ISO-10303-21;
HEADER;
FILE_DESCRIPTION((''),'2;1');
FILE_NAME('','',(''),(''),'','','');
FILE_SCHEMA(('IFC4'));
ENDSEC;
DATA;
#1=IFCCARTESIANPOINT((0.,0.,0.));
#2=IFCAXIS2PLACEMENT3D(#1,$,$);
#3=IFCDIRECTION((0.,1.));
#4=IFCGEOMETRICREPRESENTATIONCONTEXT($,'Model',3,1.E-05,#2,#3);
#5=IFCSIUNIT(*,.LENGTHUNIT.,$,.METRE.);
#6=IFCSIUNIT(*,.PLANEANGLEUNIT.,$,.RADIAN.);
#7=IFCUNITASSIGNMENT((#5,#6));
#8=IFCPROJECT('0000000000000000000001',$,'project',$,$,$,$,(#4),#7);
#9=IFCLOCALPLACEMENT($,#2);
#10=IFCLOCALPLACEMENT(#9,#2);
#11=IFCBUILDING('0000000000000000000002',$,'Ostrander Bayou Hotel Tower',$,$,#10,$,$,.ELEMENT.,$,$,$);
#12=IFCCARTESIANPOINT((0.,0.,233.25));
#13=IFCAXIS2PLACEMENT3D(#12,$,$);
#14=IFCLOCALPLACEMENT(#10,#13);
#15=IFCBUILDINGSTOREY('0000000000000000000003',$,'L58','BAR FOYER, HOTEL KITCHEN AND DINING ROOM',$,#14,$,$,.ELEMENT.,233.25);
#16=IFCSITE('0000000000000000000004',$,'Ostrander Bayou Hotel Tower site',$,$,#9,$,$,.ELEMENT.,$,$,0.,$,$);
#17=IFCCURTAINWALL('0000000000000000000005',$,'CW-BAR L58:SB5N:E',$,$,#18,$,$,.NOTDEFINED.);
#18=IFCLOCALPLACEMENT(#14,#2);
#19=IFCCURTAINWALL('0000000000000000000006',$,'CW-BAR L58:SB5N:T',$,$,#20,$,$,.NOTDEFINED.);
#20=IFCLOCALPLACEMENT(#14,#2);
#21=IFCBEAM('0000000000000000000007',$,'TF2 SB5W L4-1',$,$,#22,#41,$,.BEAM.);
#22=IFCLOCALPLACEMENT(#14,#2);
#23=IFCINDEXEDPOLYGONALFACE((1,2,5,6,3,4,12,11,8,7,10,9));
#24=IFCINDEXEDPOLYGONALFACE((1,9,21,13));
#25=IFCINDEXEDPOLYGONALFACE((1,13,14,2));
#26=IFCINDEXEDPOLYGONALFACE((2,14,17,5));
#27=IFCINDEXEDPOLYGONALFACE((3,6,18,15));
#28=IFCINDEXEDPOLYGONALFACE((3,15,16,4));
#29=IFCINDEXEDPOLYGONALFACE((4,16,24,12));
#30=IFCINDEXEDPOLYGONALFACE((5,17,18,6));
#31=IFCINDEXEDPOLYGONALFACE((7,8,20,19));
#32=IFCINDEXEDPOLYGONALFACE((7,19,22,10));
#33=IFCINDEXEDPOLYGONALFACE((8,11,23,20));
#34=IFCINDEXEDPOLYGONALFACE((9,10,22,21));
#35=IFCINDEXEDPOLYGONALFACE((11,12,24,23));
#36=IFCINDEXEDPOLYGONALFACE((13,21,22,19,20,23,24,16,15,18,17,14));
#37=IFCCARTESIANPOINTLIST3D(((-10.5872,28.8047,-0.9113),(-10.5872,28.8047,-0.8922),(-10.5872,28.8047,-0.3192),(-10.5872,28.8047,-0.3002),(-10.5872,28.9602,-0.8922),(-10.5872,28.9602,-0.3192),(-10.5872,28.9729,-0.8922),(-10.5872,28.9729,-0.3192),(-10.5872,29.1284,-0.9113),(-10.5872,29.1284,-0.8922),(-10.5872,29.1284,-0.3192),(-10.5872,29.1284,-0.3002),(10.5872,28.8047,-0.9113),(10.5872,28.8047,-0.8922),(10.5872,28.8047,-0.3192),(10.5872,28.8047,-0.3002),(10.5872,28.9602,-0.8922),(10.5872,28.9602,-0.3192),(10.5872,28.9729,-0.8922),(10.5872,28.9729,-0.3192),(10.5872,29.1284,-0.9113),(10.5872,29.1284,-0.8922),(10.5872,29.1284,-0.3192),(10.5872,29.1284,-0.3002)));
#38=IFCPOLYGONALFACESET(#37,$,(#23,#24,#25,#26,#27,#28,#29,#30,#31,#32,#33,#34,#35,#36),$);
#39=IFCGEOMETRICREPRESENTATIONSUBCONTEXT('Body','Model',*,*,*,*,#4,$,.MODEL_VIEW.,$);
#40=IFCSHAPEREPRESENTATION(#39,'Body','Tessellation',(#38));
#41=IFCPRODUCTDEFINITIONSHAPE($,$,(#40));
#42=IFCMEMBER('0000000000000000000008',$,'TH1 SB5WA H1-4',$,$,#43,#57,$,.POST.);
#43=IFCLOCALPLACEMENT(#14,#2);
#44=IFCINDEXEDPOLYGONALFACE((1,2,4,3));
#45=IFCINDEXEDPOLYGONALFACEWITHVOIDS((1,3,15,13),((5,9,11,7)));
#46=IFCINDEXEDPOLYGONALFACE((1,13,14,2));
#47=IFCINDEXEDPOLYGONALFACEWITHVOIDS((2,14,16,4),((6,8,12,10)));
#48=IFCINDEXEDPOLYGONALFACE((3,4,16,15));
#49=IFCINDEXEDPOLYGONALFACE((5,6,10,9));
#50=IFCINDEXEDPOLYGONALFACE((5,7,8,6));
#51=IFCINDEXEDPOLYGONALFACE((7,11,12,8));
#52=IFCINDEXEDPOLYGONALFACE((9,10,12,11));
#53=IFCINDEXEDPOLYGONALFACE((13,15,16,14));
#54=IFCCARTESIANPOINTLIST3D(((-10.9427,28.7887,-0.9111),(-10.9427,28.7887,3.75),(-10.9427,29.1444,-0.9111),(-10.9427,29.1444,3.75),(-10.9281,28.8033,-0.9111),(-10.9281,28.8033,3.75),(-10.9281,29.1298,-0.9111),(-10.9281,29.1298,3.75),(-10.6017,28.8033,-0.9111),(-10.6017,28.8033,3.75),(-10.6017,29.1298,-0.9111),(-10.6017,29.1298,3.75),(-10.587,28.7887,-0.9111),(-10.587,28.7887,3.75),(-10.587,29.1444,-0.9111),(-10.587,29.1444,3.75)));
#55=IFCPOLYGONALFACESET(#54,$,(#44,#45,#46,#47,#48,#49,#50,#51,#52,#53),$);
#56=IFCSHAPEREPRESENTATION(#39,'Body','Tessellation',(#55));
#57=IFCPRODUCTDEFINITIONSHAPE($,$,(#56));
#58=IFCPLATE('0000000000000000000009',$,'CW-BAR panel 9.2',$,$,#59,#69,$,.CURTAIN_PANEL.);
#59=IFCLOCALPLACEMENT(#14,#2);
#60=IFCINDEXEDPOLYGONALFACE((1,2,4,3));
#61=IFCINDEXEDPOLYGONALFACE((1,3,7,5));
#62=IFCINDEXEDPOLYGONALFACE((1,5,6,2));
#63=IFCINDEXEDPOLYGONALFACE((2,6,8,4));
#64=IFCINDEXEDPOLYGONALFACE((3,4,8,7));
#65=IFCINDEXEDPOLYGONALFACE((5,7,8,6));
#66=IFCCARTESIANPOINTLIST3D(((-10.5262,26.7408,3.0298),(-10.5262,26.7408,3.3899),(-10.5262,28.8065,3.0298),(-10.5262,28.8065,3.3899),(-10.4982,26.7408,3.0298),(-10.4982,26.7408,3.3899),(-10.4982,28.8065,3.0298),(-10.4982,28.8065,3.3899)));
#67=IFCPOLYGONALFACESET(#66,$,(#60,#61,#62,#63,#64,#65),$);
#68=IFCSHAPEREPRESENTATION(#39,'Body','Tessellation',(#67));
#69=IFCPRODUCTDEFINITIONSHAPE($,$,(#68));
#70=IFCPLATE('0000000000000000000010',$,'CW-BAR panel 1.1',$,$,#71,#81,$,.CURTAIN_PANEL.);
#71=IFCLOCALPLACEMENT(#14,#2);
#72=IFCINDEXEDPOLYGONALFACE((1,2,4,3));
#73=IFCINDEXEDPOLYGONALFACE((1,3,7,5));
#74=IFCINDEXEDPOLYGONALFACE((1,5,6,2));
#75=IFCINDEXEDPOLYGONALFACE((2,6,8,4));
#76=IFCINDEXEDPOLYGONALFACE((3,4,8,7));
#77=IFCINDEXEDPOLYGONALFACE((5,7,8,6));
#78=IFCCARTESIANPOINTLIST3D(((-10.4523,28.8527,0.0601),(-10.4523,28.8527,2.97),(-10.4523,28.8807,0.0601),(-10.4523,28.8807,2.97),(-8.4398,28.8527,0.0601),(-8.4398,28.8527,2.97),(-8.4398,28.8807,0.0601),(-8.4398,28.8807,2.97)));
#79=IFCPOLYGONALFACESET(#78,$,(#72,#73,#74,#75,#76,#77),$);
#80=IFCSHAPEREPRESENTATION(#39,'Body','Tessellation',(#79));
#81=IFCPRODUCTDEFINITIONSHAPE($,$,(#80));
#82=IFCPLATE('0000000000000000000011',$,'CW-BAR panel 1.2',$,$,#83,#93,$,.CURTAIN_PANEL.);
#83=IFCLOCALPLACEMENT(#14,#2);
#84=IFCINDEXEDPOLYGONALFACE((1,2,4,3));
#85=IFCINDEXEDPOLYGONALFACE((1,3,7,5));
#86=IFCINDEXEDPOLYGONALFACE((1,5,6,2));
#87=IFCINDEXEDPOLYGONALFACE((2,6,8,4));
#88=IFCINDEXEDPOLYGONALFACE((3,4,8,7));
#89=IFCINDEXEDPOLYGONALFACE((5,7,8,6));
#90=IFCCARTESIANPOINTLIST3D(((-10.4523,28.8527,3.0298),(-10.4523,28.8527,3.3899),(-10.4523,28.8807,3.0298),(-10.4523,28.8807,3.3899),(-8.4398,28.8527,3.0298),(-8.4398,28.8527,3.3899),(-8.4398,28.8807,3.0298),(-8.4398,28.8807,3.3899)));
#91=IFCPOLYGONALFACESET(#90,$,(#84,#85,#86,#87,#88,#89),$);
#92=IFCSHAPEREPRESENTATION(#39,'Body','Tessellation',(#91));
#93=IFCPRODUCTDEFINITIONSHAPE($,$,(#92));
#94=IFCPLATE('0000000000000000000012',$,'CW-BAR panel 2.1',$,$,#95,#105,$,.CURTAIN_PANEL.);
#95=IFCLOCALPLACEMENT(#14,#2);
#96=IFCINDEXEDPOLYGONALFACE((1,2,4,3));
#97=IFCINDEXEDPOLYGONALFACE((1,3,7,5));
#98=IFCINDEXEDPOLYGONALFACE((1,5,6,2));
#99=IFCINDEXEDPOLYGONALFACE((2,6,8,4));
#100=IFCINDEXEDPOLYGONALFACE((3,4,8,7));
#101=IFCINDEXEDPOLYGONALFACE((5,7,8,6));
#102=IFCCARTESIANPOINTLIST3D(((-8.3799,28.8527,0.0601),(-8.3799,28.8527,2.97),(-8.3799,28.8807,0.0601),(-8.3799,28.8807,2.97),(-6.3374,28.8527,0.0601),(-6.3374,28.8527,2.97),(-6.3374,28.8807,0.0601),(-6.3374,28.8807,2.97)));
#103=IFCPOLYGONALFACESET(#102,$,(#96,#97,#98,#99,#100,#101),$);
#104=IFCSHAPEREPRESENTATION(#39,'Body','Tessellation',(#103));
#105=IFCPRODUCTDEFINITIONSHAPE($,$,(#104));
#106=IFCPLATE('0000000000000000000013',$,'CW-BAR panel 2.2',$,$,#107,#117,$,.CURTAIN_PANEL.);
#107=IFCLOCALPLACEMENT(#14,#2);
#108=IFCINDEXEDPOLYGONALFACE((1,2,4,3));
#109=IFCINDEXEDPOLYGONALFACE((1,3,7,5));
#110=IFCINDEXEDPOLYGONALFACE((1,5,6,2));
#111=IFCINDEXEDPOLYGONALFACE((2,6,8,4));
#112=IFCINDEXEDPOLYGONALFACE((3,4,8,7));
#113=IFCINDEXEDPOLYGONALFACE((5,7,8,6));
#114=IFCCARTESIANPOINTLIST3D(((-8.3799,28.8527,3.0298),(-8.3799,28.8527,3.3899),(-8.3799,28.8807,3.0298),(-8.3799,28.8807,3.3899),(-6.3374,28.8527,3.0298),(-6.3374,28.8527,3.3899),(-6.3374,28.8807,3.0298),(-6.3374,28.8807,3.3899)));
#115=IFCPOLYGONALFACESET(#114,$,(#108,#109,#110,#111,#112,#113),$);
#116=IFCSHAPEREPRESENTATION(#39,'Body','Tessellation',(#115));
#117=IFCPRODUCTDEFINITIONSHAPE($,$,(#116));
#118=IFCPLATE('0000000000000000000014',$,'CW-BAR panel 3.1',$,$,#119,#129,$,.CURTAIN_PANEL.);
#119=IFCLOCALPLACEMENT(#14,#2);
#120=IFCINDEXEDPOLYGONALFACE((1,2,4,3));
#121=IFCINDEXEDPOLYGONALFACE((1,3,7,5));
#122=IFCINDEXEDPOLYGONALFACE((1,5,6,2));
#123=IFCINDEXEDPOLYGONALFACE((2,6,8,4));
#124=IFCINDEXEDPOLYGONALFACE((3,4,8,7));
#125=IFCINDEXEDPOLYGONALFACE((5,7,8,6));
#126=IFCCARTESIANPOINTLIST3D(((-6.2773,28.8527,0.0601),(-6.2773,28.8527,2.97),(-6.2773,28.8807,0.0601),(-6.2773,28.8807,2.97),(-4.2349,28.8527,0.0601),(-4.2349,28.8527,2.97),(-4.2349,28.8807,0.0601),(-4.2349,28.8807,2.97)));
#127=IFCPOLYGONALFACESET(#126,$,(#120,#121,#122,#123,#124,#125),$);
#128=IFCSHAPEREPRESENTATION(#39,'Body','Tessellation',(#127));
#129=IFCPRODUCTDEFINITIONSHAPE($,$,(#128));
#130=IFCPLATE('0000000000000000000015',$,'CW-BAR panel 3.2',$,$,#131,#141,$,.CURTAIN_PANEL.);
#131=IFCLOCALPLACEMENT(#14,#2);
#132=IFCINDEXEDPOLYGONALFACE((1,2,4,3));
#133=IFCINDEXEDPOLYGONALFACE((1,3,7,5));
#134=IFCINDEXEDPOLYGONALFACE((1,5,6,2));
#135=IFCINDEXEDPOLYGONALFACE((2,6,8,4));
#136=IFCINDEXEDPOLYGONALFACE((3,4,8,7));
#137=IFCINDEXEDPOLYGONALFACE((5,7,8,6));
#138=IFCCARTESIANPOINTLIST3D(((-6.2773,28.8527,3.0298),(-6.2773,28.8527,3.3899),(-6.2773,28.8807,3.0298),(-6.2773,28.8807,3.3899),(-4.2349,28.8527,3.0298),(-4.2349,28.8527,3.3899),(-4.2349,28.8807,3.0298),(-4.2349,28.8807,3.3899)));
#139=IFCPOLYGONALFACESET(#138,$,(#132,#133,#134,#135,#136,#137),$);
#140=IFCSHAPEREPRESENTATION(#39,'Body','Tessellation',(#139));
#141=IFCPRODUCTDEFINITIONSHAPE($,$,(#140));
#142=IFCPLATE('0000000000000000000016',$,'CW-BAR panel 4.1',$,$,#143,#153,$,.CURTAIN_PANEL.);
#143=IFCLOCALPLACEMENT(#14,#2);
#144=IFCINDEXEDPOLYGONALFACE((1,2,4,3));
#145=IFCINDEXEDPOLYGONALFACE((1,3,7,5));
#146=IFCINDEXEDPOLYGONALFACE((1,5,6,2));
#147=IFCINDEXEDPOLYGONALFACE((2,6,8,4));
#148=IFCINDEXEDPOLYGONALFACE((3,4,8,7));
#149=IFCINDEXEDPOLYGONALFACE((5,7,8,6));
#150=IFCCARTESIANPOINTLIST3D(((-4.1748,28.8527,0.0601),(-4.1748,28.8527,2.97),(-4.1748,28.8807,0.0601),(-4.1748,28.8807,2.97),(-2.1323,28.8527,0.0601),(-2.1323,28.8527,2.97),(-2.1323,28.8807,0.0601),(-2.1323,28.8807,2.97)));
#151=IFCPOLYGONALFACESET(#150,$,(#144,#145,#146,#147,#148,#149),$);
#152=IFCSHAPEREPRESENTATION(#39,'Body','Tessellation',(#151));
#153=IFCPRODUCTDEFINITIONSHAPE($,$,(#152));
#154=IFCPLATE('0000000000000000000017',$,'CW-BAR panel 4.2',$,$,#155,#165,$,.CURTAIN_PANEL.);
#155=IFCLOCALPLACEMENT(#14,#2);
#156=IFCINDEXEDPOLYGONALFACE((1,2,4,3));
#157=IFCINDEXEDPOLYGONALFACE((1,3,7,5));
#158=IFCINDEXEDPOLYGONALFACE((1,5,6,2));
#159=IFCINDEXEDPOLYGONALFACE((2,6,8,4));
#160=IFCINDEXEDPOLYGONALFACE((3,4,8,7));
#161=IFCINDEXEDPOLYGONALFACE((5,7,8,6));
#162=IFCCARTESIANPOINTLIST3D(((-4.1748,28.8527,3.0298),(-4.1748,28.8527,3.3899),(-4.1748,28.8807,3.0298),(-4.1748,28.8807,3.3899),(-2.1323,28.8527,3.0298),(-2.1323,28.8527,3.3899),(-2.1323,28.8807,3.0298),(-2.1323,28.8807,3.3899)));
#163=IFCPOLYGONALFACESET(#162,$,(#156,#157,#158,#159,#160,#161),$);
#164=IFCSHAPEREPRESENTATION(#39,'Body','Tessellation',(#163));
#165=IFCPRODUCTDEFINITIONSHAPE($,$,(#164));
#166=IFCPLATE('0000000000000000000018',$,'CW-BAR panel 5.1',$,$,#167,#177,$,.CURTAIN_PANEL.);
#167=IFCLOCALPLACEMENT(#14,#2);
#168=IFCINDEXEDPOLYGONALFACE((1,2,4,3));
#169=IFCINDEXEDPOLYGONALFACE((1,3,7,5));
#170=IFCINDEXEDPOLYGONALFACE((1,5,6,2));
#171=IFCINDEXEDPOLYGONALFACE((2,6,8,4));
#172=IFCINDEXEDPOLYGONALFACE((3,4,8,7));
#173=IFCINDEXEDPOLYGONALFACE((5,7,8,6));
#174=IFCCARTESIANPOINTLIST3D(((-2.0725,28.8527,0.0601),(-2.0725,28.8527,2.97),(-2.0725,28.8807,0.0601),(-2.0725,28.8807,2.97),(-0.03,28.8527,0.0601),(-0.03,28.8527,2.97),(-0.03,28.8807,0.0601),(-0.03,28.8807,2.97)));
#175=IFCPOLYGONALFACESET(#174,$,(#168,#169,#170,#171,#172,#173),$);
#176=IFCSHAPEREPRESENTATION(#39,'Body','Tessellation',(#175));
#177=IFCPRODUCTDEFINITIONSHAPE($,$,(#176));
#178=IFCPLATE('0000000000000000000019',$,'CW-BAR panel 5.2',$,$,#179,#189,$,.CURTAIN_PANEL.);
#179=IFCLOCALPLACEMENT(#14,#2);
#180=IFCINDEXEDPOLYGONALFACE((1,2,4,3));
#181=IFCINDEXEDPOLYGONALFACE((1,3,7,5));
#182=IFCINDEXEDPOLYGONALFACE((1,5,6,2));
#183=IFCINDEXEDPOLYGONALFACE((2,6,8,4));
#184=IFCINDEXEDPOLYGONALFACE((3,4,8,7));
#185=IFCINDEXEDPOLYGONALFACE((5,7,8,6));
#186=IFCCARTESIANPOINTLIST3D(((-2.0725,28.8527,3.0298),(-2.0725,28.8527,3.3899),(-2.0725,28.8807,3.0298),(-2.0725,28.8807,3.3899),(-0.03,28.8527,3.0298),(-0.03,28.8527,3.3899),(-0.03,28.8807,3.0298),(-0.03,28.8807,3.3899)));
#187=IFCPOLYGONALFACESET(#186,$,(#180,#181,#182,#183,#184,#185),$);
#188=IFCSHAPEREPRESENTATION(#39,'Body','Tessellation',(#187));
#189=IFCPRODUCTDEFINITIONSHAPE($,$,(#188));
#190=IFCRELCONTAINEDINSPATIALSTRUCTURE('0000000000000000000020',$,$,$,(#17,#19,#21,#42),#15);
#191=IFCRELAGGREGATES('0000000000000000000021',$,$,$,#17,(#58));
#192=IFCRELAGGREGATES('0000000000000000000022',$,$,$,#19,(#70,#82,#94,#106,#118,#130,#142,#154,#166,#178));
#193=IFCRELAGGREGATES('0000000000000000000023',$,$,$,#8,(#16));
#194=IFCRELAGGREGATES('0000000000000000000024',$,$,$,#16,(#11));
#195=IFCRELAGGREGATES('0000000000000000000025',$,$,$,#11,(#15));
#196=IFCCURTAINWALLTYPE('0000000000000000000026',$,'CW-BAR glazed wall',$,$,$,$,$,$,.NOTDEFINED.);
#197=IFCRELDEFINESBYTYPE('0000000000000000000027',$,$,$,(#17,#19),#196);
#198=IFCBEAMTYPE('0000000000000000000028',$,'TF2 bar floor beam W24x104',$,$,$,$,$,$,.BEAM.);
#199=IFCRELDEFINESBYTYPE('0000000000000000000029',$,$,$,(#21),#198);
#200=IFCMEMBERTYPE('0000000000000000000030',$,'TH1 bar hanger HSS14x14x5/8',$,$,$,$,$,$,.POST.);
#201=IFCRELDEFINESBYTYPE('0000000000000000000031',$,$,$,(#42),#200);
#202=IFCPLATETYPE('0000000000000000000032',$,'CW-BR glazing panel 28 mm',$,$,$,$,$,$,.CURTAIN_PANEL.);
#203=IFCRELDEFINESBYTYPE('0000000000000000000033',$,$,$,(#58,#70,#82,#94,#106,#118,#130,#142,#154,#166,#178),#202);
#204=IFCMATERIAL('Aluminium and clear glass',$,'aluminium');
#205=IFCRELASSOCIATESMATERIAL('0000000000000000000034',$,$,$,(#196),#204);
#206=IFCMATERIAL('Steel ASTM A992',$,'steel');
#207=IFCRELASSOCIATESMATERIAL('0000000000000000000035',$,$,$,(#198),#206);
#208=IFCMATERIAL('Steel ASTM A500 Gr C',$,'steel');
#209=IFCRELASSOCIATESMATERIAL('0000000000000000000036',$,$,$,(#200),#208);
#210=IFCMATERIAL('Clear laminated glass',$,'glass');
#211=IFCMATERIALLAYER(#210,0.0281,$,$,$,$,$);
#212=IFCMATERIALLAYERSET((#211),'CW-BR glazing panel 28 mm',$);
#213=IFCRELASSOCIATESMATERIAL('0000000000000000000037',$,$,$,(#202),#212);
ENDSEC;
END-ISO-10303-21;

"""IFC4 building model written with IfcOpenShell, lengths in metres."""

from ifc_helpers import new_model, si_unit, direction, frame, origin, origin_2d, place, context, subcontext, project, spatial, rectangle, hollow_rectangle, i_section, extrude, material, layer, layer_set, material_profile, profile_set, type_object, element, aggregate, save


model = new_model("IFC4")

# Units and contexts
model_context = context("Model", 3, precision=1e-05, world=origin(), true_north=direction((0.0, 1.0)))
body_context = subcontext(model_context, "Body", "Model", "MODEL_VIEW")
ifc_project = project(units=[si_unit("LENGTHUNIT", "METRE"), si_unit("PLANEANGLEUNIT", "RADIAN")], contexts=[model_context])

# Site, building, storey
site_placement = place(None, origin())
site = spatial("IfcSite", under=ifc_project, at=site_placement, Name="Ostrander Bayou Hotel Tower site", CompositionType="ELEMENT", RefElevation=0.0)
building_placement = place(site_placement, origin())
building = spatial("IfcBuilding", under=site, at=building_placement, Name="Ostrander Bayou Hotel Tower", CompositionType="ELEMENT")
storey_placement = place(building_placement, frame((0.0, 0.0, 233.25)))
storey = spatial("IfcBuildingStorey", under=building, at=storey_placement, Name="L58", Description="BAR FOYER, HOTEL KITCHEN AND DINING ROOM", CompositionType="ELEMENT", Elevation=233.25)

# Curtain wall
ifc_material_1 = material(Name="Aluminium and clear glass", Category="aluminium")
curtain_wall_type = type_object("IfcCurtainWallType", Name="CW-BAR glazed wall", PredefinedType="NOTDEFINED", material=ifc_material_1)
curtain_wall_1_placement = place(storey_placement, origin())
curtain_wall_1 = element("IfcCurtainWall", 1, at=curtain_wall_1_placement, inside=storey, type_object=curtain_wall_type, Name="CW-BAR L58:SB5N:E", PredefinedType="NOTDEFINED")

# Curtain wall
curtain_wall_2_placement = place(storey_placement, origin())
curtain_wall_2 = element("IfcCurtainWall", 2, at=curtain_wall_2_placement, inside=storey, type_object=curtain_wall_type, Name="CW-BAR L58:SB5N:T", PredefinedType="NOTDEFINED")

# Beam
ifc_material_2 = material(Name="Steel ASTM A992", Category="steel")
ifc_material_profile_1 = material_profile(ifc_material_2, i_section(OverallWidth=0.3237, OverallDepth=0.6111, WebThickness=0.0127, FlangeThickness=0.019, at=origin_2d()))
ifc_profile_set_1 = profile_set([ifc_material_profile_1], Name="Steel ASTM A992")
beam_type = type_object("IfcBeamType", Name="TF2 bar floor beam W24x104", PredefinedType="BEAM", material=ifc_profile_set_1)
beam_placement = place(storey_placement, frame((-10.5872, 28.9666, -0.6057), z_axis=(1.0, 0.0, 0.0), x_axis=(0.0, 1.0, 0.0)))
element("IfcBeam", 3, at=beam_placement, inside=storey, type_object=beam_type, Name="TF2 SB5W L4-1", PredefinedType="BEAM", context=body_context, shape_type="SweptSolid", body=[
    extrude(i_section(OverallWidth=0.3237, OverallDepth=0.6111, WebThickness=0.0127, FlangeThickness=0.019, at=origin_2d()), origin(), (0.0, 0.0, 1.0), 21.1743),
])

# Member
ifc_material_3 = material(Name="Steel ASTM A500 Gr C", Category="steel")
ifc_material_profile_2 = material_profile(ifc_material_3, hollow_rectangle(XDim=0.3557, YDim=0.3557, WallThickness=0.0146, at=origin_2d()))
ifc_profile_set_2 = profile_set([ifc_material_profile_2], Name="Steel ASTM A500 Gr C")
member_type_1 = type_object("IfcMemberType", Name="TH1 bar hanger HSS14x14x5/8", PredefinedType="POST", material=ifc_profile_set_2)
member_1_placement = place(storey_placement, frame((-10.7649, 28.9666, -0.9111), z_axis=(0.0, 0.0, 1.0), x_axis=(1.0, 0.0, 0.0)))
element("IfcMember", 4, at=member_1_placement, inside=storey, type_object=member_type_1, Name="TH1 SB5WA H1-4", PredefinedType="POST", context=body_context, shape_type="SweptSolid", body=[
    extrude(hollow_rectangle(XDim=0.3557, YDim=0.3557, WallThickness=0.0146, at=origin_2d()), origin(), (0.0, 0.0, 1.0), 4.6611),
])

# Plates
ifc_material_4 = material(Name="Clear laminated glass", Category="glass")
ifc_layer = layer(ifc_material_4, 0.0281)
ifc_layer_set = layer_set([ifc_layer], Name="CW-BR glazing panel 28 mm")
plate_type = type_object("IfcPlateType", Name="CW-BR glazing panel 28 mm", PredefinedType="CURTAIN_PANEL", material=ifc_layer_set)
plate_1_placement = place(storey_placement, frame((-10.5122, 27.7737, 3.0298), z_axis=(0.0, 0.0, 1.0), x_axis=(0.0, 1.0, 0.0)))
plate_1 = element("IfcPlate", 5, at=plate_1_placement, type_object=plate_type, Name="CW-BAR panel 9.2", PredefinedType="CURTAIN_PANEL", context=body_context, shape_type="SweptSolid", body=[
    extrude(rectangle(XDim=2.0657, YDim=0.0281, at=origin_2d()), origin(), (0.0, 0.0, 1.0), 0.3601),
])
aggregate(curtain_wall_1, [plate_1])
plate_2_placement = place(storey_placement, frame((-9.446, 28.8667, 0.0601), z_axis=(0.0, 0.0, 1.0), x_axis=(1.0, 0.0, 0.0)))
plate_2 = element("IfcPlate", 6, at=plate_2_placement, type_object=plate_type, Name="CW-BAR panel 1.1", PredefinedType="CURTAIN_PANEL", context=body_context, shape_type="SweptSolid", body=[
    extrude(rectangle(XDim=2.0125, YDim=0.0281, at=origin_2d()), origin(), (0.0, 0.0, 1.0), 2.9099),
])
plate_3_placement = place(storey_placement, frame((-9.446, 28.8667, 3.0298), z_axis=(0.0, 0.0, 1.0), x_axis=(1.0, 0.0, 0.0)))
plate_3 = element("IfcPlate", 7, at=plate_3_placement, type_object=plate_type, Name="CW-BAR panel 1.2", PredefinedType="CURTAIN_PANEL", context=body_context, shape_type="SweptSolid", body=[
    extrude(rectangle(XDim=2.0125, YDim=0.0281, at=origin_2d()), origin(), (0.0, 0.0, 1.0), 0.3601),
])
plate_4_placement = place(storey_placement, frame((-7.3586, 28.8667, 0.0601), z_axis=(0.0, 0.0, 1.0), x_axis=(1.0, 0.0, 0.0)))
plate_4 = element("IfcPlate", 8, at=plate_4_placement, type_object=plate_type, Name="CW-BAR panel 2.1", PredefinedType="CURTAIN_PANEL", context=body_context, shape_type="SweptSolid", body=[
    extrude(rectangle(XDim=2.0425, YDim=0.0281, at=origin_2d()), origin(), (0.0, 0.0, 1.0), 2.9099),
])
plate_5_placement = place(storey_placement, frame((-7.3586, 28.8667, 3.0298), z_axis=(0.0, 0.0, 1.0), x_axis=(1.0, 0.0, 0.0)))
plate_5 = element("IfcPlate", 9, at=plate_5_placement, type_object=plate_type, Name="CW-BAR panel 2.2", PredefinedType="CURTAIN_PANEL", context=body_context, shape_type="SweptSolid", body=[
    extrude(rectangle(XDim=2.0425, YDim=0.0281, at=origin_2d()), origin(), (0.0, 0.0, 1.0), 0.3601),
])
plate_6_placement = place(storey_placement, frame((-5.2561, 28.8667, 0.0601), z_axis=(0.0, 0.0, 1.0), x_axis=(1.0, 0.0, 0.0)))
plate_6 = element("IfcPlate", 10, at=plate_6_placement, type_object=plate_type, Name="CW-BAR panel 3.1", PredefinedType="CURTAIN_PANEL", context=body_context, shape_type="SweptSolid", body=[
    extrude(rectangle(XDim=2.0425, YDim=0.0281, at=origin_2d()), origin(), (0.0, 0.0, 1.0), 2.9099),
])
plate_7_placement = place(storey_placement, frame((-5.2561, 28.8667, 3.0298), z_axis=(0.0, 0.0, 1.0), x_axis=(1.0, 0.0, 0.0)))
plate_7 = element("IfcPlate", 11, at=plate_7_placement, type_object=plate_type, Name="CW-BAR panel 3.2", PredefinedType="CURTAIN_PANEL", context=body_context, shape_type="SweptSolid", body=[
    extrude(rectangle(XDim=2.0425, YDim=0.0281, at=origin_2d()), origin(), (0.0, 0.0, 1.0), 0.3601),
])
plate_8_placement = place(storey_placement, frame((-3.1536, 28.8667, 0.0601), z_axis=(0.0, 0.0, 1.0), x_axis=(1.0, 0.0, 0.0)))
plate_8 = element("IfcPlate", 12, at=plate_8_placement, type_object=plate_type, Name="CW-BAR panel 4.1", PredefinedType="CURTAIN_PANEL", context=body_context, shape_type="SweptSolid", body=[
    extrude(rectangle(XDim=2.0425, YDim=0.0281, at=origin_2d()), origin(), (0.0, 0.0, 1.0), 2.9099),
])
plate_9_placement = place(storey_placement, frame((-3.1536, 28.8667, 3.0298), z_axis=(0.0, 0.0, 1.0), x_axis=(1.0, 0.0, 0.0)))
plate_9 = element("IfcPlate", 13, at=plate_9_placement, type_object=plate_type, Name="CW-BAR panel 4.2", PredefinedType="CURTAIN_PANEL", context=body_context, shape_type="SweptSolid", body=[
    extrude(rectangle(XDim=2.0425, YDim=0.0281, at=origin_2d()), origin(), (0.0, 0.0, 1.0), 0.3601),
])
plate_10_placement = place(storey_placement, frame((-1.0513, 28.8667, 0.0601), z_axis=(0.0, 0.0, 1.0), x_axis=(1.0, 0.0, 0.0)))
plate_10 = element("IfcPlate", 14, at=plate_10_placement, type_object=plate_type, Name="CW-BAR panel 5.1", PredefinedType="CURTAIN_PANEL", context=body_context, shape_type="SweptSolid", body=[
    extrude(rectangle(XDim=2.0425, YDim=0.0281, at=origin_2d()), origin(), (0.0, 0.0, 1.0), 2.9099),
])
plate_11_placement = place(storey_placement, frame((-1.0513, 28.8667, 3.0298), z_axis=(0.0, 0.0, 1.0), x_axis=(1.0, 0.0, 0.0)))
plate_11 = element("IfcPlate", 15, at=plate_11_placement, type_object=plate_type, Name="CW-BAR panel 5.2", PredefinedType="CURTAIN_PANEL", context=body_context, shape_type="SweptSolid", body=[
    extrude(rectangle(XDim=2.0425, YDim=0.0281, at=origin_2d()), origin(), (0.0, 0.0, 1.0), 0.3601),
])
aggregate(curtain_wall_2, [plate_2, plate_3, plate_4, plate_5, plate_6, plate_7, plate_8, plate_9, plate_10, plate_11])

save(model, "model.ifc")
